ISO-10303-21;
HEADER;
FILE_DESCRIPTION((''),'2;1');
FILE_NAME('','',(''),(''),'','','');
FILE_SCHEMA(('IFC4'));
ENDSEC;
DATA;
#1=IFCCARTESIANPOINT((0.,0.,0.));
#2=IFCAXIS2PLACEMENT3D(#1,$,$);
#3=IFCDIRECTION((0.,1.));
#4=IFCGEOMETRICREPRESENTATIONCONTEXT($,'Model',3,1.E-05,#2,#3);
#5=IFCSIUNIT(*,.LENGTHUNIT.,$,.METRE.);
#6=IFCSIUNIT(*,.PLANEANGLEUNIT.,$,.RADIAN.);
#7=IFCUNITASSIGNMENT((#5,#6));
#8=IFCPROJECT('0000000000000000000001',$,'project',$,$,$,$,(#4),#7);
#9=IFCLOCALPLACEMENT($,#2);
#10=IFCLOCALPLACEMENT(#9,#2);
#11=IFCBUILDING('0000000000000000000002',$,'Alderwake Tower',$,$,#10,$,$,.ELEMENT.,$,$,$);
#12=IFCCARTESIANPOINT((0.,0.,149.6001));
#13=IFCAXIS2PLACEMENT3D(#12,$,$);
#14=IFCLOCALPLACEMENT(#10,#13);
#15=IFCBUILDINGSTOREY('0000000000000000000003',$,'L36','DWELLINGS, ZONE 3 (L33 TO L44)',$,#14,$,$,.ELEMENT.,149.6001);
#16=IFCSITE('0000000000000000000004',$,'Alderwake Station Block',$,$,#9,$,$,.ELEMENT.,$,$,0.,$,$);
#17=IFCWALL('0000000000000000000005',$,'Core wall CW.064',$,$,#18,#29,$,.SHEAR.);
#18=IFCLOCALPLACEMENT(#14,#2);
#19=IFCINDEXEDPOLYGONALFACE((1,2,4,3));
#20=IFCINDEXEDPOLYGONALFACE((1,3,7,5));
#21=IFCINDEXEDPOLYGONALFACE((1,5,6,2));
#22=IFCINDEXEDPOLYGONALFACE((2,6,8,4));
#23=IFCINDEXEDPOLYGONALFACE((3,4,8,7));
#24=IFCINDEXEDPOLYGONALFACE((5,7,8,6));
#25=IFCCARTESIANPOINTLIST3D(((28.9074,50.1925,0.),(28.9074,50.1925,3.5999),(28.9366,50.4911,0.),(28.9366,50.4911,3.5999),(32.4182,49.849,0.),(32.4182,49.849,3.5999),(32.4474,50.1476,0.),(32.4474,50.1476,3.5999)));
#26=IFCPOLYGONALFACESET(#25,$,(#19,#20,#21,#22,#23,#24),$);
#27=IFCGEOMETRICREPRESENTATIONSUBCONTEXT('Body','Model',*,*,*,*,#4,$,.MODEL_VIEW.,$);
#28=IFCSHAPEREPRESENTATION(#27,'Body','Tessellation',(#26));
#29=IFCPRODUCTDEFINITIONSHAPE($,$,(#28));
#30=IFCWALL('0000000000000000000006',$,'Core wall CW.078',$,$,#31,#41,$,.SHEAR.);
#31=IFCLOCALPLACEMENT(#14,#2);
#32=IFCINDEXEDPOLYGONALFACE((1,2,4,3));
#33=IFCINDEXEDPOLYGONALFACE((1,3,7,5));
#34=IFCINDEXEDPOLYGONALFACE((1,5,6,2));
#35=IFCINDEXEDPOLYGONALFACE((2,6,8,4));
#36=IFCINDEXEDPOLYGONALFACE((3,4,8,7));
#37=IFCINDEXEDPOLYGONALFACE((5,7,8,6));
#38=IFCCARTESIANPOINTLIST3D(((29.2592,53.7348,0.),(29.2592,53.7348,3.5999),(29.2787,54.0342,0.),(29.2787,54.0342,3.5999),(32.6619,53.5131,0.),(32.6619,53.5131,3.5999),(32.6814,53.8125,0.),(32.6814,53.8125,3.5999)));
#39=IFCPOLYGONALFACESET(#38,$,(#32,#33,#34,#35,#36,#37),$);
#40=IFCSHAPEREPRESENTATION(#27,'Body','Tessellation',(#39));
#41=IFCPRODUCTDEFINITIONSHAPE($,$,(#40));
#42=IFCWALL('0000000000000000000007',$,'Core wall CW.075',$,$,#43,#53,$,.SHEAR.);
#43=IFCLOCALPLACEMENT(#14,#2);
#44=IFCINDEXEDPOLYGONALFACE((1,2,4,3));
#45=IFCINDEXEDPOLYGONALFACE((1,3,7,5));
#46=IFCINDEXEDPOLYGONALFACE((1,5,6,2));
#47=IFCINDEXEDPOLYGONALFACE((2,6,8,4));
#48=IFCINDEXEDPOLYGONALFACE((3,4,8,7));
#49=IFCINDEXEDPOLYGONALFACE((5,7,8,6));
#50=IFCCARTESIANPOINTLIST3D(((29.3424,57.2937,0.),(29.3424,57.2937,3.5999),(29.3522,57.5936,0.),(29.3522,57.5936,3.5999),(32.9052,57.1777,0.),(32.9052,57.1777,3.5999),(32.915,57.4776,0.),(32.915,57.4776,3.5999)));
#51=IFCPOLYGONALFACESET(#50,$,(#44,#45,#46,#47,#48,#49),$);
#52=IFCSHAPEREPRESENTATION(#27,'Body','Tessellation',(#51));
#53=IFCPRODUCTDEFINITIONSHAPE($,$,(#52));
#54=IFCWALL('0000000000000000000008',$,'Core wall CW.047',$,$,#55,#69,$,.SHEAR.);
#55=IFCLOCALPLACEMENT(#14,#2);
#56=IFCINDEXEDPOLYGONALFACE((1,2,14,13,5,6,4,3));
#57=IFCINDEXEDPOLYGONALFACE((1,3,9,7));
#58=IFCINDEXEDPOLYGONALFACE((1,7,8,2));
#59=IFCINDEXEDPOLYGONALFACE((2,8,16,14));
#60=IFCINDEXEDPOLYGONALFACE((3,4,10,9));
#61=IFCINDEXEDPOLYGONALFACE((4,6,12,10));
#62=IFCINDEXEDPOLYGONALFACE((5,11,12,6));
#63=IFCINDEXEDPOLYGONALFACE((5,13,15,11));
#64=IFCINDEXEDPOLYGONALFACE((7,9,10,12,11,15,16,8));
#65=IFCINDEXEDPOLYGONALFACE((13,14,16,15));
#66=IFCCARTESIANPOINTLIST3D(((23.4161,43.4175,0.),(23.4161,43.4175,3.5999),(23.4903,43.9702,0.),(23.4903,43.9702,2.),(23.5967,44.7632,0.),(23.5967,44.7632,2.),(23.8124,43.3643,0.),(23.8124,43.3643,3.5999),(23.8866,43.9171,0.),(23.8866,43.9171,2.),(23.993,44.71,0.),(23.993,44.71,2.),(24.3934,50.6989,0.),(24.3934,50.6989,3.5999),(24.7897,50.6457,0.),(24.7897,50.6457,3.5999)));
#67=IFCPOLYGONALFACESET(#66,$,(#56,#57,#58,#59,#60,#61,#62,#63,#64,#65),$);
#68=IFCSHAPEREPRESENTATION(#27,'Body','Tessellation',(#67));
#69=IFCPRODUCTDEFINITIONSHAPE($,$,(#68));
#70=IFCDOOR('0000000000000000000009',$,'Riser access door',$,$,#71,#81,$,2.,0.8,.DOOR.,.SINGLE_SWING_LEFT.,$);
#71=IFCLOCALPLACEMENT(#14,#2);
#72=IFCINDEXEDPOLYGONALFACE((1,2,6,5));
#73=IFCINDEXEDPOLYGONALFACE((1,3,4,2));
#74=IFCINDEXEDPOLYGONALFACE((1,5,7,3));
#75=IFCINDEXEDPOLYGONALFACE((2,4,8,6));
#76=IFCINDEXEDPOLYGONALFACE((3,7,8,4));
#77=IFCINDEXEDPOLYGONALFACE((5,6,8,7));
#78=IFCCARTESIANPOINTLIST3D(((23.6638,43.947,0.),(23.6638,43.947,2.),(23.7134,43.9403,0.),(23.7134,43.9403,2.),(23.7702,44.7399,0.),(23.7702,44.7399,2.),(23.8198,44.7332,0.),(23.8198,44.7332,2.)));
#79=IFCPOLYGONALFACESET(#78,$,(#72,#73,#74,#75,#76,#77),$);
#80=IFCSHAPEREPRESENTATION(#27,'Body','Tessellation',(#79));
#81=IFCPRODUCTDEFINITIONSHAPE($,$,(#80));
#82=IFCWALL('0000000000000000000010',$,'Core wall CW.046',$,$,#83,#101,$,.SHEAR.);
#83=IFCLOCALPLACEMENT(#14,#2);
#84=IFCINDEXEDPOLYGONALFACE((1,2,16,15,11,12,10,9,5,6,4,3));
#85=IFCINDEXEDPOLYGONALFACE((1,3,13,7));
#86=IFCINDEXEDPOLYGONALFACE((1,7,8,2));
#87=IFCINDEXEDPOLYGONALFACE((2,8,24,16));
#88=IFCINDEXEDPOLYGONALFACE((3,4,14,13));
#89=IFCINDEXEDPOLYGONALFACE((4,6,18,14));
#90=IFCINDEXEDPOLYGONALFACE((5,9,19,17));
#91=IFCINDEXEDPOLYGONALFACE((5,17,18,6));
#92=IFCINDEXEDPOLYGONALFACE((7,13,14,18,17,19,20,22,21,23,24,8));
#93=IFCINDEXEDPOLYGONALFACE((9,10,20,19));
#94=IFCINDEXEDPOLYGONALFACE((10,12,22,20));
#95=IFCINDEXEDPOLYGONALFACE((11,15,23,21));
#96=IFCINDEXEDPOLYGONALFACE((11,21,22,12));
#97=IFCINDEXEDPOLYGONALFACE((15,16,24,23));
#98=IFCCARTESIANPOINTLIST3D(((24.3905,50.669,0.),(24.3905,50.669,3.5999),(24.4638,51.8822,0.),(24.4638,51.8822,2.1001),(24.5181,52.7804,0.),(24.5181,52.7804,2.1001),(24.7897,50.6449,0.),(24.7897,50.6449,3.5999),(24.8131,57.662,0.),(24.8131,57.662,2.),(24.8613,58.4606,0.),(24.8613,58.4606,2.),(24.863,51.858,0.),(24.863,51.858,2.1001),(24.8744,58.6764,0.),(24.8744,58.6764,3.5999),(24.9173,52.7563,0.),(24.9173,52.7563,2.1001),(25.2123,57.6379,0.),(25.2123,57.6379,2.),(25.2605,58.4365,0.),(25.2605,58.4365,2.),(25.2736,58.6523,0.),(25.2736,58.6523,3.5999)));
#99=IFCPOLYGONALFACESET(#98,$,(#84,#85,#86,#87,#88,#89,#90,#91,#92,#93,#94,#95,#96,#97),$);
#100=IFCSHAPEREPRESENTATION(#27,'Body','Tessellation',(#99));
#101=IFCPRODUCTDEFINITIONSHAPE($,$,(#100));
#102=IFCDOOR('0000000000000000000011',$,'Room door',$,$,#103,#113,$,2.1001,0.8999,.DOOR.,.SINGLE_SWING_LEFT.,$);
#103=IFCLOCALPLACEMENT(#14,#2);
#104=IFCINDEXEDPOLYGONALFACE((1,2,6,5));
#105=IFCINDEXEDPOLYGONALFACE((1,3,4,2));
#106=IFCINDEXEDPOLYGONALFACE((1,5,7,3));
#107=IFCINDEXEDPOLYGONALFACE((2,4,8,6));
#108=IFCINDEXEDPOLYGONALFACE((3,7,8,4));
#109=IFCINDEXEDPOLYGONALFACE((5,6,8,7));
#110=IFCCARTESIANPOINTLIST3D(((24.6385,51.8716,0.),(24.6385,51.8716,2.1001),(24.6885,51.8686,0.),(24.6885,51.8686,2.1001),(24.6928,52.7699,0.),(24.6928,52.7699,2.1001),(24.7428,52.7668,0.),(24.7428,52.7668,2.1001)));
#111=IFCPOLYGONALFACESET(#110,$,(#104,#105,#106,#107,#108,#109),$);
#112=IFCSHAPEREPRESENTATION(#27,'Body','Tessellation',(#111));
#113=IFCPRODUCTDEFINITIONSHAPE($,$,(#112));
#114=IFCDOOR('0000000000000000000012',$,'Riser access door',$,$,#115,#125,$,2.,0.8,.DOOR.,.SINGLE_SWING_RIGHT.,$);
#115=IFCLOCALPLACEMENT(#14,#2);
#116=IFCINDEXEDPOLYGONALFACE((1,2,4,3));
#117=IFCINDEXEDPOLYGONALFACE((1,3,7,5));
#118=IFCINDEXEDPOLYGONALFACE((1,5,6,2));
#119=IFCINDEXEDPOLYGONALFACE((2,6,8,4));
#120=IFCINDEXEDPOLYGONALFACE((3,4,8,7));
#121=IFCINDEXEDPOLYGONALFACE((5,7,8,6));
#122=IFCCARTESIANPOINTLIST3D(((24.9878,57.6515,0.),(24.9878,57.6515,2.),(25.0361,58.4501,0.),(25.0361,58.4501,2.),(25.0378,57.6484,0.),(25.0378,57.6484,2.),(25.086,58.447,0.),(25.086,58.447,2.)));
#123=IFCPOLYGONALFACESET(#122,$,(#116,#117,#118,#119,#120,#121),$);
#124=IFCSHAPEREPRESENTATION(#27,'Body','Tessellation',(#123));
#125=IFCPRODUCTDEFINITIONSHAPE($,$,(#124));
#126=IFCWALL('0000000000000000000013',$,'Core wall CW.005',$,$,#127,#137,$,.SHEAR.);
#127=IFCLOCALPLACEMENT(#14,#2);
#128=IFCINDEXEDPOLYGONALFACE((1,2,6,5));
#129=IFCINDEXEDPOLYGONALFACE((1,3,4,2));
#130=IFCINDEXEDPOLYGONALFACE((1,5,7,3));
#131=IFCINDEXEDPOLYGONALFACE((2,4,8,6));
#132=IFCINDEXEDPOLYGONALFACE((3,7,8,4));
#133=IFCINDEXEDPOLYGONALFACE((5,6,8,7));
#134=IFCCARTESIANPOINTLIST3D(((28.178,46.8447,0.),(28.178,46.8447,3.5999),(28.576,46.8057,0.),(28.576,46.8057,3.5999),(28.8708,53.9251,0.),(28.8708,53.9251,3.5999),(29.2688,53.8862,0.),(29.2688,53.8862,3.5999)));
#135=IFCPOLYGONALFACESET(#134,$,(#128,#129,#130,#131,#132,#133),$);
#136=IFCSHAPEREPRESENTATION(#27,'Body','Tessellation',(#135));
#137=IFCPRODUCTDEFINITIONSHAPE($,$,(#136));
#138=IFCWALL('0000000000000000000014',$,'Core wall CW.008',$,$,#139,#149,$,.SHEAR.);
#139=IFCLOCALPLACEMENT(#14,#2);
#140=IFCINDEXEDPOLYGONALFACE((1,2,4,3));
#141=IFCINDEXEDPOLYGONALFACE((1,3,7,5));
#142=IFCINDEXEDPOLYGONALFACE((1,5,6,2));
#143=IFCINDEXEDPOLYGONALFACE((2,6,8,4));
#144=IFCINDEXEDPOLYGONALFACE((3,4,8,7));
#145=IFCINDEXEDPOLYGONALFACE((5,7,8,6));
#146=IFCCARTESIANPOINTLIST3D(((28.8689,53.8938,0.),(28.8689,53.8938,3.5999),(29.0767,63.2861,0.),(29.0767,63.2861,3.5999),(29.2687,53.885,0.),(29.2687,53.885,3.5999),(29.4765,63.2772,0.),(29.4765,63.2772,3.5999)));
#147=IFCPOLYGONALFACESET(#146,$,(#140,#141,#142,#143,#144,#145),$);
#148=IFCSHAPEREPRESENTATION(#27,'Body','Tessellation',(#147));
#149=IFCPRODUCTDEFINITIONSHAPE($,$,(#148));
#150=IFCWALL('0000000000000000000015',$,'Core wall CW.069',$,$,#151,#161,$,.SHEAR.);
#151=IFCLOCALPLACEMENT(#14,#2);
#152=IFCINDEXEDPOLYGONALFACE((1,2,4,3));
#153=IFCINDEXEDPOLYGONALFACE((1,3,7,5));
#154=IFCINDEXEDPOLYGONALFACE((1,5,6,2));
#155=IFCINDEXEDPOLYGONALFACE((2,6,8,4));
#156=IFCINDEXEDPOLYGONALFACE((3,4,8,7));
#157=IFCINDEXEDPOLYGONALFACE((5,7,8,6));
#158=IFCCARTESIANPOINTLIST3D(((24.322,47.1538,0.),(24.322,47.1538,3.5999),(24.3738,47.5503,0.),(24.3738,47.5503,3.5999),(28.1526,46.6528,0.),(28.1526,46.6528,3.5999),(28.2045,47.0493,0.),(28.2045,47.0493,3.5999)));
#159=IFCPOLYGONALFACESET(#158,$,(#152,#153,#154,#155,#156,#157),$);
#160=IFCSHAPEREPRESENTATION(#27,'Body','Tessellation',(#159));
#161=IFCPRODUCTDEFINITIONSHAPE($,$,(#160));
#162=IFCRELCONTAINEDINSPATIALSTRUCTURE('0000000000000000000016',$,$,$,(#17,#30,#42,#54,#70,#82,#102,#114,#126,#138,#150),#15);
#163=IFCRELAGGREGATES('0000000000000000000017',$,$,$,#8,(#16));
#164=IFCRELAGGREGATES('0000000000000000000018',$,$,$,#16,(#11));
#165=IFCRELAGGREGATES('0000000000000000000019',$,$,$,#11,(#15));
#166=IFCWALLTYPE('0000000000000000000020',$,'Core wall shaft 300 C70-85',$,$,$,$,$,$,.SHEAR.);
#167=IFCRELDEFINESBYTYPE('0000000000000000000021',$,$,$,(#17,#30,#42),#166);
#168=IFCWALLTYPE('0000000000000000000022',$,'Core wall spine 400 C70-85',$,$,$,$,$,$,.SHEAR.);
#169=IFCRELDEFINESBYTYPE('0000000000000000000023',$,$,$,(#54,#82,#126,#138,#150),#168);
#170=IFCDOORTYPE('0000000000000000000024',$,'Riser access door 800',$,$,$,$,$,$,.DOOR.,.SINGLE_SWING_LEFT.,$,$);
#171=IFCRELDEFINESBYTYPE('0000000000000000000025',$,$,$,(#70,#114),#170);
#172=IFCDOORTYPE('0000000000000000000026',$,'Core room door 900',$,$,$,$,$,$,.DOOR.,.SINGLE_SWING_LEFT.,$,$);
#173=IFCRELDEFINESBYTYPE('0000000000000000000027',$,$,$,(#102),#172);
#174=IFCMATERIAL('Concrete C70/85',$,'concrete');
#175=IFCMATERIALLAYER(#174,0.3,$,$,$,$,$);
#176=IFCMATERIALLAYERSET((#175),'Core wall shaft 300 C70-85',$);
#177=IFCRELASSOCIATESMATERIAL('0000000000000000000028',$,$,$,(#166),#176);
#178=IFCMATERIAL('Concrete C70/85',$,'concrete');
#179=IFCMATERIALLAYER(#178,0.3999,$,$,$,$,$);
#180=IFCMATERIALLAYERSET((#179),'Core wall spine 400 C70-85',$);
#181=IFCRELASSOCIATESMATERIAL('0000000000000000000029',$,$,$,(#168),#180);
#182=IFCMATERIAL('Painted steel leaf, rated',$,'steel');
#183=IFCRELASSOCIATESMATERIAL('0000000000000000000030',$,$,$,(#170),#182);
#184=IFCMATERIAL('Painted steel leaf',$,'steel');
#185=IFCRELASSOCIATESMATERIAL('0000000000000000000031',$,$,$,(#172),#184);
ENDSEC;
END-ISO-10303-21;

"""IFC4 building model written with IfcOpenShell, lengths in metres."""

from ifc_helpers import new_model, si_unit, direction, frame, frame_2d, origin, place, context, subcontext, project, spatial, rectangle, extrude, material, layer, layer_set, type_object, element, fill, save


model = new_model("IFC4")

# Units and contexts
model_context = context("Model", 3, precision=1e-05, world=origin(), true_north=direction((0.0, 1.0)))
body_context = subcontext(model_context, "Body", "Model", "MODEL_VIEW")
ifc_project = project(units=[si_unit("LENGTHUNIT", "METRE"), si_unit("PLANEANGLEUNIT", "RADIAN")], contexts=[model_context])

# Site, building, storey
site_placement = place(None, origin())
site = spatial("IfcSite", under=ifc_project, at=site_placement, Name="Alderwake Station Block", CompositionType="ELEMENT", RefElevation=0.0)
building_placement = place(site_placement, origin())
building = spatial("IfcBuilding", under=site, at=building_placement, Name="Alderwake Tower", CompositionType="ELEMENT")
storey_placement = place(building_placement, frame((0.0, 0.0, 149.6001)))
storey = spatial("IfcBuildingStorey", under=building, at=storey_placement, Name="L36", Description="DWELLINGS, ZONE 3 (L33 TO L44)", CompositionType="ELEMENT", Elevation=149.6001)

# Walls
ifc_material_1 = material(Name="Concrete C70/85", Category="concrete")
ifc_layer_1 = layer(ifc_material_1, 0.3)
ifc_layer_set_1 = layer_set([ifc_layer_1], Name="Core wall shaft 300 C70-85")
wall_type_1 = type_object("IfcWallType", Name="Core wall shaft 300 C70-85", PredefinedType="SHEAR", material=ifc_layer_set_1)
wall_1_placement = place(storey_placement, frame((28.9221, 50.3418, 0.0), z_axis=(0.0, 0.0, 1.0), x_axis=(0.995247, -0.097379, 0.0)))
element("IfcWall", 1, at=wall_1_placement, inside=storey, type_object=wall_type_1, Name="Core wall CW.064", PredefinedType="SHEAR", context=body_context, shape_type="SweptSolid", body=[
    extrude(rectangle(XDim=3.5276, YDim=0.3, at=frame_2d((1.7637, 0.0))), origin(), (0.0, 0.0, 1.0), 3.5999),
])
wall_2_placement = place(storey_placement, frame((29.2688, 53.8845, 0.0), z_axis=(0.0, 0.0, 1.0), x_axis=(0.997884, -0.065012, 0.0)))
element("IfcWall", 2, at=wall_2_placement, inside=storey, type_object=wall_type_1, Name="Core wall CW.078", PredefinedType="SHEAR", context=body_context, shape_type="SweptSolid", body=[
    extrude(rectangle(XDim=3.4099, YDim=0.3, at=frame_2d((1.7051, 0.0))), origin(), (0.0, 0.0, 1.0), 3.5999),
])
wall_3_placement = place(storey_placement, frame((29.3474, 57.4436, 0.0), z_axis=(0.0, 0.0, 1.0), x_axis=(0.999471, -0.032533, 0.0)))
element("IfcWall", 3, at=wall_3_placement, inside=storey, type_object=wall_type_1, Name="Core wall CW.075", PredefinedType="SHEAR", context=body_context, shape_type="SweptSolid", body=[
    extrude(rectangle(XDim=3.5647, YDim=0.3, at=frame_2d((1.7822, 0.0))), origin(), (0.0, 0.0, 1.0), 3.5999),
])

# Wall, opening, door
ifc_material_2 = material(Name="Concrete C70/85", Category="concrete")
ifc_layer_2 = layer(ifc_material_2, 0.3999)
ifc_layer_set_2 = layer_set([ifc_layer_2], Name="Core wall spine 400 C70-85")
wall_type_2 = type_object("IfcWallType", Name="Core wall spine 400 C70-85", PredefinedType="SHEAR", material=ifc_layer_set_2)
wall_4_placement = place(storey_placement, frame((23.6143, 43.3909, 0.0), z_axis=(0.0, 0.0, 1.0), x_axis=(0.133023, 0.991113, 0.0)))
wall_4 = element("IfcWall", 4, at=wall_4_placement, inside=storey, type_object=wall_type_2, Name="Core wall CW.047", PredefinedType="SHEAR", context=body_context, shape_type="SweptSolid", body=[
    extrude(rectangle(XDim=7.3467, YDim=0.3999, at=frame_2d((3.6733, 0.0))), origin(), (0.0, 0.0, 1.0), 3.5999),
])
opening_1_placement = place(wall_4_placement, frame((0.5579, 0.0, 0.0)))
opening_1 = element("IfcOpeningElement", 5, at=opening_1_placement, cuts=wall_4, PredefinedType="OPENING", context=body_context, shape_type="SweptSolid", body=[
    extrude(rectangle(XDim=0.8, YDim=2.0, at=frame_2d((0.3999, 1.0))), frame((0.0, 0.21, 0.0), z_axis=(0.0, -1.0, 0.0), x_axis=(1.0, 0.0, 0.0)), (0.0, 0.0, 1.0), 0.4199),
])
ifc_material_3 = material(Name="Painted steel leaf, rated", Category="steel")
door_type_1 = type_object("IfcDoorType", Name="Riser access door 800", OperationType="SINGLE_SWING_LEFT", PredefinedType="DOOR", material=ifc_material_3)
door_1_placement = place(opening_1_placement, origin())
door_1 = element("IfcDoor", 6, at=door_1_placement, inside=storey, type_object=door_type_1, Name="Riser access door", OperationType="SINGLE_SWING_LEFT", OverallHeight=2.0, OverallWidth=0.8, PredefinedType="DOOR", context=body_context, shape_type="SweptSolid", body=[
    extrude(rectangle(XDim=0.8, YDim=2.0, at=frame_2d((0.3999, 1.0))), frame((0.0, 0.0249, 0.0), z_axis=(0.0, -1.0, 0.0), x_axis=(1.0, 0.0, 0.0)), (0.0, 0.0, 1.0), 0.05),
])
fill(opening_1, door_1)

# Wall, openings, doors
wall_5_placement = place(storey_placement, frame((24.5901, 50.657, 0.0), z_axis=(0.0, 0.0, 1.0), x_axis=(0.06032, 0.998179, 0.0)))
wall_5 = element("IfcWall", 7, at=wall_5_placement, inside=storey, type_object=wall_type_2, Name="Core wall CW.046", PredefinedType="SHEAR", context=body_context, shape_type="SweptSolid", body=[
    extrude(rectangle(XDim=8.022, YDim=0.3999, at=frame_2d((4.011, 0.0))), origin(), (0.0, 0.0, 1.0), 3.5999),
])
opening_2_placement = place(wall_5_placement, frame((7.0059, 0.0, 0.0)))
opening_2 = element("IfcOpeningElement", 8, at=opening_2_placement, cuts=wall_5, PredefinedType="OPENING", context=body_context, shape_type="SweptSolid", body=[
    extrude(rectangle(XDim=0.8, YDim=2.0, at=frame_2d((0.3999, 1.0))), frame((0.0, 0.21, 0.0), z_axis=(0.0, -1.0, 0.0), x_axis=(1.0, 0.0, 0.0)), (0.0, 0.0, 1.0), 0.4199),
])
opening_3_placement = place(wall_5_placement, frame((1.2153, 0.0, 0.0)))
opening_3 = element("IfcOpeningElement", 9, at=opening_3_placement, cuts=wall_5, PredefinedType="OPENING", context=body_context, shape_type="SweptSolid", body=[
    extrude(rectangle(XDim=0.8999, YDim=2.1001, at=frame_2d((0.45, 1.05))), frame((0.0, 0.21, 0.0), z_axis=(0.0, -1.0, 0.0), x_axis=(1.0, 0.0, 0.0)), (0.0, 0.0, 1.0), 0.4199),
])
ifc_material_4 = material(Name="Painted steel leaf", Category="steel")
door_type_2 = type_object("IfcDoorType", Name="Core room door 900", OperationType="SINGLE_SWING_LEFT", PredefinedType="DOOR", material=ifc_material_4)
door_2_placement = place(opening_3_placement, origin())
door_2 = element("IfcDoor", 10, at=door_2_placement, inside=storey, type_object=door_type_2, Name="Room door", OperationType="SINGLE_SWING_LEFT", OverallHeight=2.1001, OverallWidth=0.8999, PredefinedType="DOOR", context=body_context, shape_type="SweptSolid", body=[
    extrude(rectangle(XDim=0.8999, YDim=2.1001, at=frame_2d((0.45, 1.05))), frame((0.0, 0.0249, 0.0), z_axis=(0.0, -1.0, 0.0), x_axis=(1.0, 0.0, 0.0)), (0.0, 0.0, 1.0), 0.05),
])
fill(opening_3, door_2)
door_3_placement = place(opening_2_placement, origin())
door_3 = element("IfcDoor", 11, at=door_3_placement, inside=storey, type_object=door_type_1, Name="Riser access door", OperationType="SINGLE_SWING_RIGHT", OverallHeight=2.0, OverallWidth=0.8, PredefinedType="DOOR", context=body_context, shape_type="SweptSolid", body=[
    extrude(rectangle(XDim=0.8, YDim=2.0, at=frame_2d((0.3999, 1.0))), frame((0.0, 0.0249, 0.0), z_axis=(0.0, -1.0, 0.0), x_axis=(1.0, 0.0, 0.0)), (0.0, 0.0, 1.0), 0.05),
])
fill(opening_2, door_3)

# Walls
wall_6_placement = place(storey_placement, frame((28.377, 46.8252, 0.0), z_axis=(0.0, 0.0, 1.0), x_axis=(0.097393, 0.995246, 0.0)))
element("IfcWall", 12, at=wall_6_placement, inside=storey, type_object=wall_type_2, Name="Core wall CW.005", PredefinedType="SHEAR", context=body_context, shape_type="SweptSolid", body=[
    extrude(rectangle(XDim=7.1143, YDim=0.3999, at=frame_2d((3.5571, 0.0))), origin(), (0.0, 0.0, 1.0), 3.5999),
])
wall_7_placement = place(storey_placement, frame((29.0688, 53.8894, 0.0), z_axis=(0.0, 0.0, 1.0), x_axis=(0.022115, 0.999755, 0.0)))
element("IfcWall", 13, at=wall_7_placement, inside=storey, type_object=wall_type_2, Name="Core wall CW.008", PredefinedType="SHEAR", context=body_context, shape_type="SweptSolid", body=[
    extrude(rectangle(XDim=9.3945, YDim=0.3999, at=frame_2d((4.6973, 0.0))), origin(), (0.0, 0.0, 1.0), 3.5999),
])
wall_8_placement = place(storey_placement, frame((24.3479, 47.3521, 0.0), z_axis=(0.0, 0.0, 1.0), x_axis=(0.991556, -0.12968, 0.0)))
element("IfcWall", 14, at=wall_8_placement, inside=storey, type_object=wall_type_2, Name="Core wall CW.069", PredefinedType="SHEAR", context=body_context, shape_type="SweptSolid", body=[
    extrude(rectangle(XDim=3.8633, YDim=0.3999, at=frame_2d((1.9316, 0.0))), origin(), (0.0, 0.0, 1.0), 3.5999),
])

save(model, "model.ifc")
